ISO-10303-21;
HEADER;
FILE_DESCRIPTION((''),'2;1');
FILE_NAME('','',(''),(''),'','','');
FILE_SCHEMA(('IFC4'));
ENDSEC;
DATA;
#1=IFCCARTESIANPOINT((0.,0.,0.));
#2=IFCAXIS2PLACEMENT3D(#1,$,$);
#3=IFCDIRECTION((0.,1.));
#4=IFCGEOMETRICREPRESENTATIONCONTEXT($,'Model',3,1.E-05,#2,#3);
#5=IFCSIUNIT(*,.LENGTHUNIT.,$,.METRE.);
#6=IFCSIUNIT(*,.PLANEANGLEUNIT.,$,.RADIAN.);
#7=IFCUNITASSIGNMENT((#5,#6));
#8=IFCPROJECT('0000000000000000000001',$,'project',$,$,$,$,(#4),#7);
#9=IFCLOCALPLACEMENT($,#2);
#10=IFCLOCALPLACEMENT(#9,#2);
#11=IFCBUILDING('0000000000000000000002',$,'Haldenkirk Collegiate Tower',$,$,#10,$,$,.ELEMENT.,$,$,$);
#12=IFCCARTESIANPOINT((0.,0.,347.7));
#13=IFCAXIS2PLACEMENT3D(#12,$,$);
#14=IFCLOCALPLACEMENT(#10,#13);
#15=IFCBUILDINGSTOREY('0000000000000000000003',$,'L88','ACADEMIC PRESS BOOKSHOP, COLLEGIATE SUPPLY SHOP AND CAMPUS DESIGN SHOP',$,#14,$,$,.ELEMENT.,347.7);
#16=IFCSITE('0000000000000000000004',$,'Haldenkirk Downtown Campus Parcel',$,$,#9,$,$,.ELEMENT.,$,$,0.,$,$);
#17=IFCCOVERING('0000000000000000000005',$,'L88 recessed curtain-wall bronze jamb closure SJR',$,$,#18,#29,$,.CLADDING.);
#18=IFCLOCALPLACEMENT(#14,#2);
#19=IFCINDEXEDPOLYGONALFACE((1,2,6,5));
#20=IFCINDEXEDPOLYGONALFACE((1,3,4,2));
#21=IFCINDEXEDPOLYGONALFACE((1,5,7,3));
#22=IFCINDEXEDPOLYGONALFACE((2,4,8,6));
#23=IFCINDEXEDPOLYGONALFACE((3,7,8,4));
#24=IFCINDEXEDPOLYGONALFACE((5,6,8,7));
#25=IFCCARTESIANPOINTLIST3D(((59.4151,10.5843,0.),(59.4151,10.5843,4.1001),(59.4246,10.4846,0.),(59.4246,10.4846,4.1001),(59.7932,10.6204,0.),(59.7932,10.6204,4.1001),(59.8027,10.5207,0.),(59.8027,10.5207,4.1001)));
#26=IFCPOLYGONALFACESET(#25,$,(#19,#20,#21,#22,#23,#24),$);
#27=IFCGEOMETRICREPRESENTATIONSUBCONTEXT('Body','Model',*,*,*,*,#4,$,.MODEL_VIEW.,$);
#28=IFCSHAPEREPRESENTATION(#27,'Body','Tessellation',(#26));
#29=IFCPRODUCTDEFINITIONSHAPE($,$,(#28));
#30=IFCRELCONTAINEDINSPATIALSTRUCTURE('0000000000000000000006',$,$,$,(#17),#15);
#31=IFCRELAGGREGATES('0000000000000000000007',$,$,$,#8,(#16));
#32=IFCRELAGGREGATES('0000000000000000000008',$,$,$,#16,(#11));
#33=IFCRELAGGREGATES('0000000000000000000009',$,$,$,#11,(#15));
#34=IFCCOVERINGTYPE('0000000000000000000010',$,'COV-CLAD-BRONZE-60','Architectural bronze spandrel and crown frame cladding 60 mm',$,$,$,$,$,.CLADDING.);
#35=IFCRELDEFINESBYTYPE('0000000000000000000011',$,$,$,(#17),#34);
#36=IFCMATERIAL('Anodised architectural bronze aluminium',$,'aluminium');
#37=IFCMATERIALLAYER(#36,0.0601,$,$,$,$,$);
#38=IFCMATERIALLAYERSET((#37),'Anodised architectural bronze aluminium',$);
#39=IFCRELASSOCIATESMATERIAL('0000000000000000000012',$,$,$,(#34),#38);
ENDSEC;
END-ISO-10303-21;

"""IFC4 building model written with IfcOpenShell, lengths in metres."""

from ifc_helpers import new_model, si_unit, direction, frame, origin, origin_2d, place, context, subcontext, project, spatial, rectangle, extrude, source, transform, mapped, material, layer, layer_set, type_object, element, save


model = new_model("IFC4")

# Units and contexts
model_context = context("Model", 3, precision=1e-05, world=origin(), true_north=direction((0.0, 1.0)))
body_context = subcontext(model_context, "Body", "Model", "MODEL_VIEW")
ifc_project = project(units=[si_unit("LENGTHUNIT", "METRE"), si_unit("PLANEANGLEUNIT", "RADIAN")], contexts=[model_context])

# Site, building, storey
site_placement = place(None, origin())
site = spatial("IfcSite", under=ifc_project, at=site_placement, Name="Haldenkirk Downtown Campus Parcel", CompositionType="ELEMENT", RefElevation=0.0)
building_placement = place(site_placement, origin())
building = spatial("IfcBuilding", under=site, at=building_placement, Name="Haldenkirk Collegiate Tower", CompositionType="ELEMENT")
storey_placement = place(building_placement, frame((0.0, 0.0, 347.7)))
storey = spatial("IfcBuildingStorey", under=building, at=storey_placement, Name="L88", Description="ACADEMIC PRESS BOOKSHOP, COLLEGIATE SUPPLY SHOP AND CAMPUS DESIGN SHOP", CompositionType="ELEMENT", Elevation=347.7)

# Shared definitions
ifc_material_1 = material(Name="Anodised architectural bronze aluminium", Category="aluminium")

# Covering
ifc_layer_1 = layer(ifc_material_1, 0.0601)
ifc_layer_set_1 = layer_set([ifc_layer_1], Name="Anodised architectural bronze aluminium")
covering_type = type_object("IfcCoveringType", Name="COV-CLAD-BRONZE-60", Description="Architectural bronze spandrel and crown frame cladding 60 mm", PredefinedType="CLADDING", material=ifc_layer_set_1)
shared_shape_1 = source(origin(), body_context, "Body", "SweptSolid", [
    extrude(rectangle(XDim=0.1001, YDim=0.3799, at=origin_2d()), origin(), (0.0, 0.0, 1.0), 4.1001),
])
covering_placement = place(storey_placement, frame((59.6089, 10.5525, 0.0), z_axis=(0.0, 0.0, 1.0), x_axis=(0.094977, -0.995479, 0.0)))
element("IfcCovering", 1, at=covering_placement, inside=storey, type_object=covering_type, Name="L88 recessed curtain-wall bronze jamb closure SJR", PredefinedType="CLADDING", context=body_context, shape_type="MappedRepresentation", body=[
    mapped(shared_shape_1, transform((0.0, 0.0, 0.0), x_axis=(1.0, 0.0, 0.0), y_axis=(0.0, 1.0, 0.0), z_axis=(0.0, 0.0, 1.0), scale=1.0)),
])

save(model, "model.ifc")
